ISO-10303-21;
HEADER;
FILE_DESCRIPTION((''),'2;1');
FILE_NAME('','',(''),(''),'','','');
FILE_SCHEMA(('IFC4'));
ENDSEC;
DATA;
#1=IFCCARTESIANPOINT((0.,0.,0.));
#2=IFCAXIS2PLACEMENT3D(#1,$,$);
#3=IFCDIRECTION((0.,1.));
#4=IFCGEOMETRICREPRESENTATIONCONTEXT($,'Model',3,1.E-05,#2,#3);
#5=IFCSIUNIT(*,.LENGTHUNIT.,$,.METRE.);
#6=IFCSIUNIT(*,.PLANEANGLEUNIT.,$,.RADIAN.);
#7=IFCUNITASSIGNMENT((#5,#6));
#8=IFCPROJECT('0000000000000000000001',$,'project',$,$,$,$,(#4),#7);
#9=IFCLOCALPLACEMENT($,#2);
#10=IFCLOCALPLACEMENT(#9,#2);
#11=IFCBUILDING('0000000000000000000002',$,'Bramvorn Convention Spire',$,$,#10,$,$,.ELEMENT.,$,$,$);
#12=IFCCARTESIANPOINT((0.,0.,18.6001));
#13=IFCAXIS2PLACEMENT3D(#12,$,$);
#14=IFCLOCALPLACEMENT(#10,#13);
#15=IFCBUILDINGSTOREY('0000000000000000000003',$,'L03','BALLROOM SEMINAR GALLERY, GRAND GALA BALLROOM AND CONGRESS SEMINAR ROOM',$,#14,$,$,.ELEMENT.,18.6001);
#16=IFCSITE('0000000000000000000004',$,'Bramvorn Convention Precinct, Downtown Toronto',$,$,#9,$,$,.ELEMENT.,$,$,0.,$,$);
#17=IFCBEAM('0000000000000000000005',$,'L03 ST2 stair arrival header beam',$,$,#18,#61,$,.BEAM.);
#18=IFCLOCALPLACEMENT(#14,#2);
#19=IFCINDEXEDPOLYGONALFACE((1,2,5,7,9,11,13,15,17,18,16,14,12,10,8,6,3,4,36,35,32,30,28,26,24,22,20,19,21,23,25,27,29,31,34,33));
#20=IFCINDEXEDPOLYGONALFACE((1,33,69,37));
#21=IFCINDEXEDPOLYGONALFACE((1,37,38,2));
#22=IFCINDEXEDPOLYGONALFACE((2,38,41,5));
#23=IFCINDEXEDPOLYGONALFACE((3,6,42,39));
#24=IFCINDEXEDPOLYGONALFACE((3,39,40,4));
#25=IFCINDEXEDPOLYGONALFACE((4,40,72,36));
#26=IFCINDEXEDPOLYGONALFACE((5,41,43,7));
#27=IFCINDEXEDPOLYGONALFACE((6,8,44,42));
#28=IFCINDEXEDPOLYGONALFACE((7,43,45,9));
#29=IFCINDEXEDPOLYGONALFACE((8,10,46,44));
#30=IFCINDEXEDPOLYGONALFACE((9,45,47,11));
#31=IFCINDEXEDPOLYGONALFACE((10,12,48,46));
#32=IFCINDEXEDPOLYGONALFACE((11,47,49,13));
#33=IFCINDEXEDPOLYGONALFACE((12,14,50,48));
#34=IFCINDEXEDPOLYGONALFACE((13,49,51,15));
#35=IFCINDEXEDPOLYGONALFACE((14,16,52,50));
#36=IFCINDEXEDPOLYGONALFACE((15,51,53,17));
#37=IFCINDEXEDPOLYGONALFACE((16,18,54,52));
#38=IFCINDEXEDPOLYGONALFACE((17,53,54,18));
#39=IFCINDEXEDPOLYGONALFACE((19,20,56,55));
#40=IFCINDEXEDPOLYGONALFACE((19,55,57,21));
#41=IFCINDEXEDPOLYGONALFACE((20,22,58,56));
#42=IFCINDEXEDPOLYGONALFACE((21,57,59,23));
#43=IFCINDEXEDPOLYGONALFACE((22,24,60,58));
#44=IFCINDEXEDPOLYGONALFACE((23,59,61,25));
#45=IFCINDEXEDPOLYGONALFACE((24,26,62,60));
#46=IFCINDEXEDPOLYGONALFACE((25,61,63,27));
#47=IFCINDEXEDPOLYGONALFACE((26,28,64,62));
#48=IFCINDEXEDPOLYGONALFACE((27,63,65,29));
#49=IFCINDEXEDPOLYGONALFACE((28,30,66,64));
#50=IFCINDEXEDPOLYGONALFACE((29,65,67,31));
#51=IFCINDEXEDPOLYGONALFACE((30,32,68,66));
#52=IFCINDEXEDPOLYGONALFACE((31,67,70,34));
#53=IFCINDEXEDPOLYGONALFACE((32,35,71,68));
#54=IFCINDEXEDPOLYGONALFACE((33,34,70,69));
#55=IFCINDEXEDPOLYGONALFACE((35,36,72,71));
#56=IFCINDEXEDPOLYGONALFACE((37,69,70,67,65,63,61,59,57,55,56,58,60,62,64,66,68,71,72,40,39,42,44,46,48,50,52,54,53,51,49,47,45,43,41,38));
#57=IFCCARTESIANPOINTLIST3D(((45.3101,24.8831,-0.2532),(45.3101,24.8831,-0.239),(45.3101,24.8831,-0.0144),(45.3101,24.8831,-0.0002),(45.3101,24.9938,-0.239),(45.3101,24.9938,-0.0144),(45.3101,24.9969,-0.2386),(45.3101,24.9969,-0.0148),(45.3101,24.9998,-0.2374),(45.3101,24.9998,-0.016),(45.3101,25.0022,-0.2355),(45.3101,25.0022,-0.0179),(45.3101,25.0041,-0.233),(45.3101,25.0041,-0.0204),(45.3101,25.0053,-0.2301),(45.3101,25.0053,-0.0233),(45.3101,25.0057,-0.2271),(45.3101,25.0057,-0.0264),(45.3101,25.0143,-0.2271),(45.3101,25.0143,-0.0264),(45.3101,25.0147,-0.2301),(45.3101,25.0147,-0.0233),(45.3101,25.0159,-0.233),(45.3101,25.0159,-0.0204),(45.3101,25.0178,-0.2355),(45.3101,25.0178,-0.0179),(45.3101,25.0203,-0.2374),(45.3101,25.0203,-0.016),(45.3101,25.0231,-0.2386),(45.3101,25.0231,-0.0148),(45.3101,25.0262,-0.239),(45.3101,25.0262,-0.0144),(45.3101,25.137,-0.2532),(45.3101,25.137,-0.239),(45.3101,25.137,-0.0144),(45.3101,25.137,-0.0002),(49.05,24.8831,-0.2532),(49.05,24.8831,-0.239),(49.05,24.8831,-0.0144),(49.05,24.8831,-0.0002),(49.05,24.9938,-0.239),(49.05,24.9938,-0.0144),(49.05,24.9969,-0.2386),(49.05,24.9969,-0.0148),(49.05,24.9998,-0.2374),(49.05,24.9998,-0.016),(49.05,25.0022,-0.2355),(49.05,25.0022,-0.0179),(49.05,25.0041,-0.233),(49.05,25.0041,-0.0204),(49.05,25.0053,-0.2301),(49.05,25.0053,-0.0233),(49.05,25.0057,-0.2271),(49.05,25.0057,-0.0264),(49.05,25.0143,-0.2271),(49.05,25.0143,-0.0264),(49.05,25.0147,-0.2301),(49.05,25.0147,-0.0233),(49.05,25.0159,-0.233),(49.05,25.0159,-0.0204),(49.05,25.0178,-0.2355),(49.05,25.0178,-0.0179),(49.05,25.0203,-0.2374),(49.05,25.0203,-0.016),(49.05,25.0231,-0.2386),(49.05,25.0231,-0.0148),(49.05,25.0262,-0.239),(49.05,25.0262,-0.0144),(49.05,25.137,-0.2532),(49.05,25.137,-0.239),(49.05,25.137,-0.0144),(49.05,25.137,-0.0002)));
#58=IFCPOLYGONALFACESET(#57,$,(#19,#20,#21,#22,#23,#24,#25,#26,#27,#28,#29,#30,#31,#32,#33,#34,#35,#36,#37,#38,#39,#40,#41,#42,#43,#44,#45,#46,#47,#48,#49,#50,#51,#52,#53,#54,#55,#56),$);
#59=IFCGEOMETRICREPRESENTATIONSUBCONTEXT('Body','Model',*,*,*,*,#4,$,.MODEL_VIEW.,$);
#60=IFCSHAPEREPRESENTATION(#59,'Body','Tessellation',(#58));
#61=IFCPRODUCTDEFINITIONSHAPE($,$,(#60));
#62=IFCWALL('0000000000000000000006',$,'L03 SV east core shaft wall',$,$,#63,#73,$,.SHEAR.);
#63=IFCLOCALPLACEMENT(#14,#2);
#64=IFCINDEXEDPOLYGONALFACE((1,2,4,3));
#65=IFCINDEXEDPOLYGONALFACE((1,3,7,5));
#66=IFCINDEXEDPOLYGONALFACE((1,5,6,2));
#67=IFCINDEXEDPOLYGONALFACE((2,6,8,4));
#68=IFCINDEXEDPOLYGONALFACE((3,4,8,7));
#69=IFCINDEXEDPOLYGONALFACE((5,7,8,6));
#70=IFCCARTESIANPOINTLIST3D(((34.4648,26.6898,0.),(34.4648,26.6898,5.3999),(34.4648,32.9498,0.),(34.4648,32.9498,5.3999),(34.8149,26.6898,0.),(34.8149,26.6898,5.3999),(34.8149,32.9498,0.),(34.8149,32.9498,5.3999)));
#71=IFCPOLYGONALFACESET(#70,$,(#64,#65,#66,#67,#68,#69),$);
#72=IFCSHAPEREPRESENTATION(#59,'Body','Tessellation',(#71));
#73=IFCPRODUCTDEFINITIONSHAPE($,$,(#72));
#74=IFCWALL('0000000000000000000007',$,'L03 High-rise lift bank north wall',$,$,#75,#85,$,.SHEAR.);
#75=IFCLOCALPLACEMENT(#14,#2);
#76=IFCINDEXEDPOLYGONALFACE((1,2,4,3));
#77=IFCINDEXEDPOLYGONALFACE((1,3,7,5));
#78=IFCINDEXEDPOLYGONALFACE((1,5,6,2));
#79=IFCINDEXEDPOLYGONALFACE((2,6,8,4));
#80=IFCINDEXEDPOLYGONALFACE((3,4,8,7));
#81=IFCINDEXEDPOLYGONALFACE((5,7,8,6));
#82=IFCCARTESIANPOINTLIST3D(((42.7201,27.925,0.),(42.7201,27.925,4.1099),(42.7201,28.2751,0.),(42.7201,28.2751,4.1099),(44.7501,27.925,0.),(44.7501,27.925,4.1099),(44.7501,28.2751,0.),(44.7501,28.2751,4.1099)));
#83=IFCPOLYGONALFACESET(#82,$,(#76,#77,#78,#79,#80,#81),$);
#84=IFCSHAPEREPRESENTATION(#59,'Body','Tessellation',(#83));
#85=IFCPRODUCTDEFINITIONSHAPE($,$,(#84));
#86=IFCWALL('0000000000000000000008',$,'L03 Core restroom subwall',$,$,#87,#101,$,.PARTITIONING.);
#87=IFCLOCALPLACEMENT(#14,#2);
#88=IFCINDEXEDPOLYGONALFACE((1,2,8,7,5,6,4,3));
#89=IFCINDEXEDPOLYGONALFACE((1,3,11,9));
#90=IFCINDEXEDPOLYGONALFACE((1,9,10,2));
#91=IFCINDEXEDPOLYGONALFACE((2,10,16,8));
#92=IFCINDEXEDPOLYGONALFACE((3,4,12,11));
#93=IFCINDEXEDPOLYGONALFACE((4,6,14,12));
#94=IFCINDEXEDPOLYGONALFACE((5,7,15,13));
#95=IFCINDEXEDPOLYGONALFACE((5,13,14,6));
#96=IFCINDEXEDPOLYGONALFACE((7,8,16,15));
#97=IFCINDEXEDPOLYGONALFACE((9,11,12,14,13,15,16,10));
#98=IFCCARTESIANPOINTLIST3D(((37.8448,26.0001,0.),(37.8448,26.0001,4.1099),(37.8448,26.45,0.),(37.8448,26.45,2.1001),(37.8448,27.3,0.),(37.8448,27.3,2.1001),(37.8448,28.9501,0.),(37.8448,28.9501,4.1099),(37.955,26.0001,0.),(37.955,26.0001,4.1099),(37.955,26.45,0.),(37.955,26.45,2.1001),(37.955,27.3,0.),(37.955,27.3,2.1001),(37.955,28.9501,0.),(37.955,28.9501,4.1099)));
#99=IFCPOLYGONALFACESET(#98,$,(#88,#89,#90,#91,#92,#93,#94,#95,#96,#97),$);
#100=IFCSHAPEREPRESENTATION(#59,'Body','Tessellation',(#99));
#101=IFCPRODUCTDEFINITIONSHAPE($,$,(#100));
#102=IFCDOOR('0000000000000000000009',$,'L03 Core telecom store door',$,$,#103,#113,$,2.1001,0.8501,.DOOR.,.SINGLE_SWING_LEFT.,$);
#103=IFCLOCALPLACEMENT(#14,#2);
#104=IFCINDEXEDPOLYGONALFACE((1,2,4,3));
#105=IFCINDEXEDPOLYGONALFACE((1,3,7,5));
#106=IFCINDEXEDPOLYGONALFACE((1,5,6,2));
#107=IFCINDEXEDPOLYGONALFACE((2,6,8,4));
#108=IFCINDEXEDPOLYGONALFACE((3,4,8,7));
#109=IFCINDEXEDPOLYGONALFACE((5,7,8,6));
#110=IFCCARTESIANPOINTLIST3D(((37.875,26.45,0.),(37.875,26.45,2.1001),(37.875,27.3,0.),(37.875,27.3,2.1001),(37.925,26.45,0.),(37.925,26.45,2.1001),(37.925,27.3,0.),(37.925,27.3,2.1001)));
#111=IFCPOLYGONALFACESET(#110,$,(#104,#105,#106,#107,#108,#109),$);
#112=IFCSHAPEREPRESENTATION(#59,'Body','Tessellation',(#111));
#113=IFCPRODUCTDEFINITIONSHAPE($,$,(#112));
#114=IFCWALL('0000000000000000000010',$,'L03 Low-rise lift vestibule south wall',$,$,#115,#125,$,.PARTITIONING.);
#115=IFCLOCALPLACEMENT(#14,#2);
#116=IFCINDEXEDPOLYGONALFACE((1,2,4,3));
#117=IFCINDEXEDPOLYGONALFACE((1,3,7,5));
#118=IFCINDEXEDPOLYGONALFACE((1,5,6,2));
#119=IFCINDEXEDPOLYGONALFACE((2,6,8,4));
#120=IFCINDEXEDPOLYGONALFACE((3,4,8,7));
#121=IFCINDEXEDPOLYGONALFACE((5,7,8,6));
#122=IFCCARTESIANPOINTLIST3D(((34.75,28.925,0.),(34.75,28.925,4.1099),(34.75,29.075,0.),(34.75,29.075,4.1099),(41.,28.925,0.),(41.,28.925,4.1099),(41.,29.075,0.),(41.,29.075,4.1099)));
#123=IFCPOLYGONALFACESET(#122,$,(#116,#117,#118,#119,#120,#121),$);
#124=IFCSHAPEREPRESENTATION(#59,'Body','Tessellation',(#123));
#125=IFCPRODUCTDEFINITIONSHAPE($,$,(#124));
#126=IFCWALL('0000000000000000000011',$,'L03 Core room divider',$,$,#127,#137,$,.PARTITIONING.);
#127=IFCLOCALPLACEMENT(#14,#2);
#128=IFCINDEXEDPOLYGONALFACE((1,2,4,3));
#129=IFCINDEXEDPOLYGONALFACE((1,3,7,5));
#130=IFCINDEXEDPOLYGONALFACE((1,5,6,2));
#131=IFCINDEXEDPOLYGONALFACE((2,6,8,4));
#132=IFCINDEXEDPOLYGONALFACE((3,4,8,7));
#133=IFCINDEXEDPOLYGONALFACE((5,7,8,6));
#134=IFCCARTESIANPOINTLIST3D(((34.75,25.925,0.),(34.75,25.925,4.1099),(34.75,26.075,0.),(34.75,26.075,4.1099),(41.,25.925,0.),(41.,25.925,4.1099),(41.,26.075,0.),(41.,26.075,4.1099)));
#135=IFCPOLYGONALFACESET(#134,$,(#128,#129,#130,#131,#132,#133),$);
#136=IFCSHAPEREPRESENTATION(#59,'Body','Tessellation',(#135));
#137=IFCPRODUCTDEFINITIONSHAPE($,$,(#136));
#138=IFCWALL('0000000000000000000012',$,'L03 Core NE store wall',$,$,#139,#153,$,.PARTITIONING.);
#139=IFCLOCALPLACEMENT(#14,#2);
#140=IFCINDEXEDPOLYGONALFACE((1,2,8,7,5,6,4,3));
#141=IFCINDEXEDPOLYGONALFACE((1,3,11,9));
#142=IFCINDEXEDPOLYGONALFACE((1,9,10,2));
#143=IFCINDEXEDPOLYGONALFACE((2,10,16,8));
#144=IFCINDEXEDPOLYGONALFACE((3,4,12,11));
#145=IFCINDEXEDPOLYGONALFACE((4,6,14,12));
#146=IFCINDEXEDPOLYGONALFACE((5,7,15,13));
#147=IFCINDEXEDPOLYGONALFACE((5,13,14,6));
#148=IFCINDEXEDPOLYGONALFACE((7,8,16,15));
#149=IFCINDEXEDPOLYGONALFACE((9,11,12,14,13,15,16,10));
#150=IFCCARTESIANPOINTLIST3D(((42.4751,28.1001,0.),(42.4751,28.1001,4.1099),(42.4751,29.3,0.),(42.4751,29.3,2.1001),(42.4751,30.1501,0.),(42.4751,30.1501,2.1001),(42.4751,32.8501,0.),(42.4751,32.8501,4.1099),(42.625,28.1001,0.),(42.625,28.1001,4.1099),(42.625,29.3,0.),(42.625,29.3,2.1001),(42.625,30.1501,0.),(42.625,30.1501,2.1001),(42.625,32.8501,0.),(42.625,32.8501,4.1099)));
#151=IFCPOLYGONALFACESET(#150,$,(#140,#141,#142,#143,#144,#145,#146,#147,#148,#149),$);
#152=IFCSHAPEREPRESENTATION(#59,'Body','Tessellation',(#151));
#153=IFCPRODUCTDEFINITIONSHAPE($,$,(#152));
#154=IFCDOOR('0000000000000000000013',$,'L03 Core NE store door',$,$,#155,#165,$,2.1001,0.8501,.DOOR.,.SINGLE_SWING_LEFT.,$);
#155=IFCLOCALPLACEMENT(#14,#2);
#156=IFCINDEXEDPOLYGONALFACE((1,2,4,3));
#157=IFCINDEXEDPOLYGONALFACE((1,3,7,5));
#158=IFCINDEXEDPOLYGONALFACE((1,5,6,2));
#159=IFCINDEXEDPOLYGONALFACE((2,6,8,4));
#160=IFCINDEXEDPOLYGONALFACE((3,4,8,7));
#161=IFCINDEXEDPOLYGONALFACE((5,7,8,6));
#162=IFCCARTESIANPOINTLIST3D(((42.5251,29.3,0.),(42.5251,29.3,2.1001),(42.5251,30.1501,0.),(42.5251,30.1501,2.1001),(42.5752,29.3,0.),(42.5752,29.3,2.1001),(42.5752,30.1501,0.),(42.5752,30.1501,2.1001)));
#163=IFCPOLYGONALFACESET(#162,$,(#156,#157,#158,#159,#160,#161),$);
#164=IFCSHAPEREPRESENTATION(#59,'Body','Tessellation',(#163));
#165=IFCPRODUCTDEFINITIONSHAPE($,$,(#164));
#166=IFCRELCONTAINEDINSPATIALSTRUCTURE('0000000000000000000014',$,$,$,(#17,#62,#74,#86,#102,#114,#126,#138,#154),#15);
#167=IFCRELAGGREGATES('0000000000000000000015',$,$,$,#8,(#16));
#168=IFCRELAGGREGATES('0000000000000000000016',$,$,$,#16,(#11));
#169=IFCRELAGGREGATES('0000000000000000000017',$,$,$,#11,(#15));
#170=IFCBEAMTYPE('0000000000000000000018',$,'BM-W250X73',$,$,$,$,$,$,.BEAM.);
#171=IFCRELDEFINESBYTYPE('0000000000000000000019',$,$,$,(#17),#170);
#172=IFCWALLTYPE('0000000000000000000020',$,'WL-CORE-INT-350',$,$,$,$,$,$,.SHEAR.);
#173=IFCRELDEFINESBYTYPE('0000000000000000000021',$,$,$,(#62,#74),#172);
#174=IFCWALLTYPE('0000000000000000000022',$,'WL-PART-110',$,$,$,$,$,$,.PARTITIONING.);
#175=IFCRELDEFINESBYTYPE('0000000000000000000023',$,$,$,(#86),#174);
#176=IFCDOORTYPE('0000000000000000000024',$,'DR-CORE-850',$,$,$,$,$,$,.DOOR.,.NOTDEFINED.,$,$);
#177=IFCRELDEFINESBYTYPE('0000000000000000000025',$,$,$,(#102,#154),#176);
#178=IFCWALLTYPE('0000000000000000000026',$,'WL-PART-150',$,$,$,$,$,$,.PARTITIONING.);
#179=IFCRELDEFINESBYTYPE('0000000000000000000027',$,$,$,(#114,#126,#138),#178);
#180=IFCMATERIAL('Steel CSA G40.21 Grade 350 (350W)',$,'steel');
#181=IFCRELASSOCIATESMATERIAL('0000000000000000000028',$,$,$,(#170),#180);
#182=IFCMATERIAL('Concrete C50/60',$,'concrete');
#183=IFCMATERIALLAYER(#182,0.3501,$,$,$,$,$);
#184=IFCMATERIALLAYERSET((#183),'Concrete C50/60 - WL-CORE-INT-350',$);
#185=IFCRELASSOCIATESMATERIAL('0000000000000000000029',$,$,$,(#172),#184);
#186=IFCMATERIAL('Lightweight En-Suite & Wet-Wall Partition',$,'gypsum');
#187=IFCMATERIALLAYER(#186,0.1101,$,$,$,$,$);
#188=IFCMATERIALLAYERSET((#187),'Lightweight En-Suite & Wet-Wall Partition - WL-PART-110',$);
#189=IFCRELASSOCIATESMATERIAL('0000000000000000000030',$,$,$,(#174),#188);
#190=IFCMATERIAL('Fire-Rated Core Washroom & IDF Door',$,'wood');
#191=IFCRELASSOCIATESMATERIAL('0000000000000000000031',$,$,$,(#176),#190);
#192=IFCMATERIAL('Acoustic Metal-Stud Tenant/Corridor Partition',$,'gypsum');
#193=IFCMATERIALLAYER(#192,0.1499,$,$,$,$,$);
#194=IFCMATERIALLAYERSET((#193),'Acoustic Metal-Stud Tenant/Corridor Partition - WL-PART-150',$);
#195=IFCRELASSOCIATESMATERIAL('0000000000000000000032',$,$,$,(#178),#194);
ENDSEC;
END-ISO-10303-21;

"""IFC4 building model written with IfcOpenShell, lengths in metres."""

from ifc_helpers import new_model, si_unit, direction, frame, frame_2d, origin, origin_2d, place, context, subcontext, project, spatial, rectangle, i_section, extrude, material, layer, layer_set, material_profile, profile_set, type_object, element, fill, save


model = new_model("IFC4")

# Units and contexts
model_context = context("Model", 3, precision=1e-05, world=origin(), true_north=direction((0.0, 1.0)))
body_context = subcontext(model_context, "Body", "Model", "MODEL_VIEW")
ifc_project = project(units=[si_unit("LENGTHUNIT", "METRE"), si_unit("PLANEANGLEUNIT", "RADIAN")], contexts=[model_context])

# Site, building, storey
site_placement = place(None, origin())
site = spatial("IfcSite", under=ifc_project, at=site_placement, Name="Bramvorn Convention Precinct, Downtown Toronto", CompositionType="ELEMENT", RefElevation=0.0)
building_placement = place(site_placement, origin())
building = spatial("IfcBuilding", under=site, at=building_placement, Name="Bramvorn Convention Spire", CompositionType="ELEMENT")
storey_placement = place(building_placement, frame((0.0, 0.0, 18.6001)))
storey = spatial("IfcBuildingStorey", under=building, at=storey_placement, Name="L03", Description="BALLROOM SEMINAR GALLERY, GRAND GALA BALLROOM AND CONGRESS SEMINAR ROOM", CompositionType="ELEMENT", Elevation=18.6001)

# Beam
ifc_material_1 = material(Name="Steel CSA G40.21 Grade 350 (350W)", Category="steel")
ifc_material_profile = material_profile(ifc_material_1, i_section(OverallWidth=0.2539, OverallDepth=0.2529, WebThickness=0.0085, FlangeThickness=0.0142, FilletRadius=0.012, at=origin_2d()))
ifc_profile_set = profile_set([ifc_material_profile], Name="Steel CSA G40.21 Grade 350 (350W) - W250X73")
beam_type = type_object("IfcBeamType", Name="BM-W250X73", PredefinedType="BEAM", material=ifc_profile_set)
beam_placement = place(storey_placement, frame((45.3101, 25.01, -0.1267), z_axis=(1.0, 0.0, 0.0), x_axis=(0.0, 1.0, 0.0)))
element("IfcBeam", 1, at=beam_placement, inside=storey, type_object=beam_type, Name="L03 ST2 stair arrival header beam", PredefinedType="BEAM", context=body_context, shape_type="SweptSolid", body=[
    extrude(i_section(OverallWidth=0.2539, OverallDepth=0.2529, WebThickness=0.0085, FlangeThickness=0.0142, FilletRadius=0.012, at=origin_2d()), origin(), (0.0, 0.0, 1.0), 3.74),
])

# Walls
ifc_material_2 = material(Name="Concrete C50/60", Category="concrete")
ifc_layer_1 = layer(ifc_material_2, 0.3501)
ifc_layer_set_1 = layer_set([ifc_layer_1], Name="Concrete C50/60 - WL-CORE-INT-350")
wall_type_1 = type_object("IfcWallType", Name="WL-CORE-INT-350", PredefinedType="SHEAR", material=ifc_layer_set_1)
wall_1_placement = place(storey_placement, frame((34.6399, 26.6899, 0.0), z_axis=(0.0, 0.0, 1.0), x_axis=(0.0, 1.0, 0.0)))
element("IfcWall", 2, at=wall_1_placement, inside=storey, type_object=wall_type_1, Name="L03 SV east core shaft wall", PredefinedType="SHEAR", context=body_context, shape_type="SweptSolid", body=[
    extrude(rectangle(XDim=6.26, YDim=0.3501, at=frame_2d((3.1299, 0.0))), origin(), (0.0, 0.0, 1.0), 5.3999),
])
wall_2_placement = place(storey_placement, frame((42.72, 28.1001, 0.0), z_axis=(0.0, 0.0, 1.0), x_axis=(1.0, 0.0, 0.0)))
element("IfcWall", 3, at=wall_2_placement, inside=storey, type_object=wall_type_1, Name="L03 High-rise lift bank north wall", PredefinedType="SHEAR", context=body_context, shape_type="SweptSolid", body=[
    extrude(rectangle(XDim=2.03, YDim=0.3501, at=frame_2d((1.0151, 0.0))), origin(), (0.0, 0.0, 1.0), 4.1099),
])

# Wall, opening, door
ifc_material_3 = material(Name="Lightweight En-Suite & Wet-Wall Partition", Category="gypsum")
ifc_layer_2 = layer(ifc_material_3, 0.1101)
ifc_layer_set_2 = layer_set([ifc_layer_2], Name="Lightweight En-Suite & Wet-Wall Partition - WL-PART-110")
wall_type_2 = type_object("IfcWallType", Name="WL-PART-110", PredefinedType="PARTITIONING", material=ifc_layer_set_2)
wall_3_placement = place(storey_placement, frame((37.8999, 26.0, 0.0), z_axis=(0.0, 0.0, 1.0), x_axis=(0.0, 1.0, 0.0)))
wall_3 = element("IfcWall", 4, at=wall_3_placement, inside=storey, type_object=wall_type_2, Name="L03 Core restroom subwall", PredefinedType="PARTITIONING", context=body_context, shape_type="SweptSolid", body=[
    extrude(rectangle(XDim=2.95, YDim=0.1101, at=frame_2d((1.4751, 0.0))), origin(), (0.0, 0.0, 1.0), 4.1099),
])
opening_1_placement = place(wall_3_placement, frame((0.45, 0.0, 0.0)))
opening_1 = element("IfcOpeningElement", 5, at=opening_1_placement, cuts=wall_3, PredefinedType="OPENING", context=body_context, shape_type="SweptSolid", body=[
    extrude(rectangle(XDim=0.8501, YDim=2.1001, at=frame_2d((0.425, 1.05))), frame((0.0, 0.0649, 0.0), z_axis=(0.0, -1.0, 0.0), x_axis=(1.0, 0.0, 0.0)), (0.0, 0.0, 1.0), 0.1301),
])
ifc_material_4 = material(Name="Fire-Rated Core Washroom & IDF Door", Category="wood")
door_type_1 = type_object("IfcDoorType", Name="DR-CORE-850", OperationType="NOTDEFINED", PredefinedType="DOOR", material=ifc_material_4)
door_1_placement = place(opening_1_placement, origin())
door_1 = element("IfcDoor", 6, at=door_1_placement, inside=storey, type_object=door_type_1, Name="L03 Core telecom store door", OperationType="SINGLE_SWING_LEFT", OverallHeight=2.1001, OverallWidth=0.8501, PredefinedType="DOOR", context=body_context, shape_type="SweptSolid", body=[
    extrude(rectangle(XDim=0.8501, YDim=2.1001, at=frame_2d((0.425, 1.05))), frame((0.0, 0.0249, 0.0), z_axis=(0.0, -1.0, 0.0), x_axis=(1.0, 0.0, 0.0)), (0.0, 0.0, 1.0), 0.05),
])
fill(opening_1, door_1)

# Walls
ifc_material_5 = material(Name="Acoustic Metal-Stud Tenant/Corridor Partition", Category="gypsum")
ifc_layer_3 = layer(ifc_material_5, 0.1499)
ifc_layer_set_3 = layer_set([ifc_layer_3], Name="Acoustic Metal-Stud Tenant/Corridor Partition - WL-PART-150")
wall_type_3 = type_object("IfcWallType", Name="WL-PART-150", PredefinedType="PARTITIONING", material=ifc_layer_set_3)
for number, where, z_axis, x_axis, name in (
    (7, (34.75, 29.0, 0.0), (0.0, 0.0, 1.0), (1.0, 0.0, 0.0), "L03 Low-rise lift vestibule south wall"),
    (8, (34.75, 26.0, 0.0), (0.0, 0.0, 1.0), (1.0, 0.0, 0.0), "L03 Core room divider"),
):
    element("IfcWall", number, at=place(storey_placement, frame(where, z_axis=z_axis, x_axis=x_axis)), inside=storey, type_object=wall_type_3, Name=name, PredefinedType="PARTITIONING", context=body_context, shape_type="SweptSolid", body=[
        extrude(rectangle(XDim=6.25, YDim=0.1499, at=frame_2d((3.125, 0.0))), origin(), (0.0, 0.0, 1.0), 4.1099),
    ])

# Wall, opening, door
wall_4_placement = place(storey_placement, frame((42.55, 28.1001, 0.0), z_axis=(0.0, 0.0, 1.0), x_axis=(0.0, 1.0, 0.0)))
wall_4 = element("IfcWall", 9, at=wall_4_placement, inside=storey, type_object=wall_type_3, Name="L03 Core NE store wall", PredefinedType="PARTITIONING", context=body_context, shape_type="SweptSolid", body=[
    extrude(rectangle(XDim=4.75, YDim=0.1499, at=frame_2d((2.375, 0.0))), origin(), (0.0, 0.0, 1.0), 4.1099),
])
opening_2_placement = place(wall_4_placement, frame((1.2, 0.0, 0.0)))
opening_2 = element("IfcOpeningElement", 10, at=opening_2_placement, cuts=wall_4, PredefinedType="OPENING", context=body_context, shape_type="SweptSolid", body=[
    extrude(rectangle(XDim=0.8501, YDim=2.1001, at=frame_2d((0.425, 1.05))), frame((0.0, 0.085, 0.0), z_axis=(0.0, -1.0, 0.0), x_axis=(1.0, 0.0, 0.0)), (0.0, 0.0, 1.0), 0.1699),
])
door_2_placement = place(opening_2_placement, origin())
door_2 = element("IfcDoor", 11, at=door_2_placement, inside=storey, type_object=door_type_1, Name="L03 Core NE store door", OperationType="SINGLE_SWING_LEFT", OverallHeight=2.1001, OverallWidth=0.8501, PredefinedType="DOOR", context=body_context, shape_type="SweptSolid", body=[
    extrude(rectangle(XDim=0.8501, YDim=2.1001, at=frame_2d((0.425, 1.05))), frame((0.0, 0.0249, 0.0), z_axis=(0.0, -1.0, 0.0), x_axis=(1.0, 0.0, 0.0)), (0.0, 0.0, 1.0), 0.05),
])
fill(opening_2, door_2)

save(model, "model.ifc")
